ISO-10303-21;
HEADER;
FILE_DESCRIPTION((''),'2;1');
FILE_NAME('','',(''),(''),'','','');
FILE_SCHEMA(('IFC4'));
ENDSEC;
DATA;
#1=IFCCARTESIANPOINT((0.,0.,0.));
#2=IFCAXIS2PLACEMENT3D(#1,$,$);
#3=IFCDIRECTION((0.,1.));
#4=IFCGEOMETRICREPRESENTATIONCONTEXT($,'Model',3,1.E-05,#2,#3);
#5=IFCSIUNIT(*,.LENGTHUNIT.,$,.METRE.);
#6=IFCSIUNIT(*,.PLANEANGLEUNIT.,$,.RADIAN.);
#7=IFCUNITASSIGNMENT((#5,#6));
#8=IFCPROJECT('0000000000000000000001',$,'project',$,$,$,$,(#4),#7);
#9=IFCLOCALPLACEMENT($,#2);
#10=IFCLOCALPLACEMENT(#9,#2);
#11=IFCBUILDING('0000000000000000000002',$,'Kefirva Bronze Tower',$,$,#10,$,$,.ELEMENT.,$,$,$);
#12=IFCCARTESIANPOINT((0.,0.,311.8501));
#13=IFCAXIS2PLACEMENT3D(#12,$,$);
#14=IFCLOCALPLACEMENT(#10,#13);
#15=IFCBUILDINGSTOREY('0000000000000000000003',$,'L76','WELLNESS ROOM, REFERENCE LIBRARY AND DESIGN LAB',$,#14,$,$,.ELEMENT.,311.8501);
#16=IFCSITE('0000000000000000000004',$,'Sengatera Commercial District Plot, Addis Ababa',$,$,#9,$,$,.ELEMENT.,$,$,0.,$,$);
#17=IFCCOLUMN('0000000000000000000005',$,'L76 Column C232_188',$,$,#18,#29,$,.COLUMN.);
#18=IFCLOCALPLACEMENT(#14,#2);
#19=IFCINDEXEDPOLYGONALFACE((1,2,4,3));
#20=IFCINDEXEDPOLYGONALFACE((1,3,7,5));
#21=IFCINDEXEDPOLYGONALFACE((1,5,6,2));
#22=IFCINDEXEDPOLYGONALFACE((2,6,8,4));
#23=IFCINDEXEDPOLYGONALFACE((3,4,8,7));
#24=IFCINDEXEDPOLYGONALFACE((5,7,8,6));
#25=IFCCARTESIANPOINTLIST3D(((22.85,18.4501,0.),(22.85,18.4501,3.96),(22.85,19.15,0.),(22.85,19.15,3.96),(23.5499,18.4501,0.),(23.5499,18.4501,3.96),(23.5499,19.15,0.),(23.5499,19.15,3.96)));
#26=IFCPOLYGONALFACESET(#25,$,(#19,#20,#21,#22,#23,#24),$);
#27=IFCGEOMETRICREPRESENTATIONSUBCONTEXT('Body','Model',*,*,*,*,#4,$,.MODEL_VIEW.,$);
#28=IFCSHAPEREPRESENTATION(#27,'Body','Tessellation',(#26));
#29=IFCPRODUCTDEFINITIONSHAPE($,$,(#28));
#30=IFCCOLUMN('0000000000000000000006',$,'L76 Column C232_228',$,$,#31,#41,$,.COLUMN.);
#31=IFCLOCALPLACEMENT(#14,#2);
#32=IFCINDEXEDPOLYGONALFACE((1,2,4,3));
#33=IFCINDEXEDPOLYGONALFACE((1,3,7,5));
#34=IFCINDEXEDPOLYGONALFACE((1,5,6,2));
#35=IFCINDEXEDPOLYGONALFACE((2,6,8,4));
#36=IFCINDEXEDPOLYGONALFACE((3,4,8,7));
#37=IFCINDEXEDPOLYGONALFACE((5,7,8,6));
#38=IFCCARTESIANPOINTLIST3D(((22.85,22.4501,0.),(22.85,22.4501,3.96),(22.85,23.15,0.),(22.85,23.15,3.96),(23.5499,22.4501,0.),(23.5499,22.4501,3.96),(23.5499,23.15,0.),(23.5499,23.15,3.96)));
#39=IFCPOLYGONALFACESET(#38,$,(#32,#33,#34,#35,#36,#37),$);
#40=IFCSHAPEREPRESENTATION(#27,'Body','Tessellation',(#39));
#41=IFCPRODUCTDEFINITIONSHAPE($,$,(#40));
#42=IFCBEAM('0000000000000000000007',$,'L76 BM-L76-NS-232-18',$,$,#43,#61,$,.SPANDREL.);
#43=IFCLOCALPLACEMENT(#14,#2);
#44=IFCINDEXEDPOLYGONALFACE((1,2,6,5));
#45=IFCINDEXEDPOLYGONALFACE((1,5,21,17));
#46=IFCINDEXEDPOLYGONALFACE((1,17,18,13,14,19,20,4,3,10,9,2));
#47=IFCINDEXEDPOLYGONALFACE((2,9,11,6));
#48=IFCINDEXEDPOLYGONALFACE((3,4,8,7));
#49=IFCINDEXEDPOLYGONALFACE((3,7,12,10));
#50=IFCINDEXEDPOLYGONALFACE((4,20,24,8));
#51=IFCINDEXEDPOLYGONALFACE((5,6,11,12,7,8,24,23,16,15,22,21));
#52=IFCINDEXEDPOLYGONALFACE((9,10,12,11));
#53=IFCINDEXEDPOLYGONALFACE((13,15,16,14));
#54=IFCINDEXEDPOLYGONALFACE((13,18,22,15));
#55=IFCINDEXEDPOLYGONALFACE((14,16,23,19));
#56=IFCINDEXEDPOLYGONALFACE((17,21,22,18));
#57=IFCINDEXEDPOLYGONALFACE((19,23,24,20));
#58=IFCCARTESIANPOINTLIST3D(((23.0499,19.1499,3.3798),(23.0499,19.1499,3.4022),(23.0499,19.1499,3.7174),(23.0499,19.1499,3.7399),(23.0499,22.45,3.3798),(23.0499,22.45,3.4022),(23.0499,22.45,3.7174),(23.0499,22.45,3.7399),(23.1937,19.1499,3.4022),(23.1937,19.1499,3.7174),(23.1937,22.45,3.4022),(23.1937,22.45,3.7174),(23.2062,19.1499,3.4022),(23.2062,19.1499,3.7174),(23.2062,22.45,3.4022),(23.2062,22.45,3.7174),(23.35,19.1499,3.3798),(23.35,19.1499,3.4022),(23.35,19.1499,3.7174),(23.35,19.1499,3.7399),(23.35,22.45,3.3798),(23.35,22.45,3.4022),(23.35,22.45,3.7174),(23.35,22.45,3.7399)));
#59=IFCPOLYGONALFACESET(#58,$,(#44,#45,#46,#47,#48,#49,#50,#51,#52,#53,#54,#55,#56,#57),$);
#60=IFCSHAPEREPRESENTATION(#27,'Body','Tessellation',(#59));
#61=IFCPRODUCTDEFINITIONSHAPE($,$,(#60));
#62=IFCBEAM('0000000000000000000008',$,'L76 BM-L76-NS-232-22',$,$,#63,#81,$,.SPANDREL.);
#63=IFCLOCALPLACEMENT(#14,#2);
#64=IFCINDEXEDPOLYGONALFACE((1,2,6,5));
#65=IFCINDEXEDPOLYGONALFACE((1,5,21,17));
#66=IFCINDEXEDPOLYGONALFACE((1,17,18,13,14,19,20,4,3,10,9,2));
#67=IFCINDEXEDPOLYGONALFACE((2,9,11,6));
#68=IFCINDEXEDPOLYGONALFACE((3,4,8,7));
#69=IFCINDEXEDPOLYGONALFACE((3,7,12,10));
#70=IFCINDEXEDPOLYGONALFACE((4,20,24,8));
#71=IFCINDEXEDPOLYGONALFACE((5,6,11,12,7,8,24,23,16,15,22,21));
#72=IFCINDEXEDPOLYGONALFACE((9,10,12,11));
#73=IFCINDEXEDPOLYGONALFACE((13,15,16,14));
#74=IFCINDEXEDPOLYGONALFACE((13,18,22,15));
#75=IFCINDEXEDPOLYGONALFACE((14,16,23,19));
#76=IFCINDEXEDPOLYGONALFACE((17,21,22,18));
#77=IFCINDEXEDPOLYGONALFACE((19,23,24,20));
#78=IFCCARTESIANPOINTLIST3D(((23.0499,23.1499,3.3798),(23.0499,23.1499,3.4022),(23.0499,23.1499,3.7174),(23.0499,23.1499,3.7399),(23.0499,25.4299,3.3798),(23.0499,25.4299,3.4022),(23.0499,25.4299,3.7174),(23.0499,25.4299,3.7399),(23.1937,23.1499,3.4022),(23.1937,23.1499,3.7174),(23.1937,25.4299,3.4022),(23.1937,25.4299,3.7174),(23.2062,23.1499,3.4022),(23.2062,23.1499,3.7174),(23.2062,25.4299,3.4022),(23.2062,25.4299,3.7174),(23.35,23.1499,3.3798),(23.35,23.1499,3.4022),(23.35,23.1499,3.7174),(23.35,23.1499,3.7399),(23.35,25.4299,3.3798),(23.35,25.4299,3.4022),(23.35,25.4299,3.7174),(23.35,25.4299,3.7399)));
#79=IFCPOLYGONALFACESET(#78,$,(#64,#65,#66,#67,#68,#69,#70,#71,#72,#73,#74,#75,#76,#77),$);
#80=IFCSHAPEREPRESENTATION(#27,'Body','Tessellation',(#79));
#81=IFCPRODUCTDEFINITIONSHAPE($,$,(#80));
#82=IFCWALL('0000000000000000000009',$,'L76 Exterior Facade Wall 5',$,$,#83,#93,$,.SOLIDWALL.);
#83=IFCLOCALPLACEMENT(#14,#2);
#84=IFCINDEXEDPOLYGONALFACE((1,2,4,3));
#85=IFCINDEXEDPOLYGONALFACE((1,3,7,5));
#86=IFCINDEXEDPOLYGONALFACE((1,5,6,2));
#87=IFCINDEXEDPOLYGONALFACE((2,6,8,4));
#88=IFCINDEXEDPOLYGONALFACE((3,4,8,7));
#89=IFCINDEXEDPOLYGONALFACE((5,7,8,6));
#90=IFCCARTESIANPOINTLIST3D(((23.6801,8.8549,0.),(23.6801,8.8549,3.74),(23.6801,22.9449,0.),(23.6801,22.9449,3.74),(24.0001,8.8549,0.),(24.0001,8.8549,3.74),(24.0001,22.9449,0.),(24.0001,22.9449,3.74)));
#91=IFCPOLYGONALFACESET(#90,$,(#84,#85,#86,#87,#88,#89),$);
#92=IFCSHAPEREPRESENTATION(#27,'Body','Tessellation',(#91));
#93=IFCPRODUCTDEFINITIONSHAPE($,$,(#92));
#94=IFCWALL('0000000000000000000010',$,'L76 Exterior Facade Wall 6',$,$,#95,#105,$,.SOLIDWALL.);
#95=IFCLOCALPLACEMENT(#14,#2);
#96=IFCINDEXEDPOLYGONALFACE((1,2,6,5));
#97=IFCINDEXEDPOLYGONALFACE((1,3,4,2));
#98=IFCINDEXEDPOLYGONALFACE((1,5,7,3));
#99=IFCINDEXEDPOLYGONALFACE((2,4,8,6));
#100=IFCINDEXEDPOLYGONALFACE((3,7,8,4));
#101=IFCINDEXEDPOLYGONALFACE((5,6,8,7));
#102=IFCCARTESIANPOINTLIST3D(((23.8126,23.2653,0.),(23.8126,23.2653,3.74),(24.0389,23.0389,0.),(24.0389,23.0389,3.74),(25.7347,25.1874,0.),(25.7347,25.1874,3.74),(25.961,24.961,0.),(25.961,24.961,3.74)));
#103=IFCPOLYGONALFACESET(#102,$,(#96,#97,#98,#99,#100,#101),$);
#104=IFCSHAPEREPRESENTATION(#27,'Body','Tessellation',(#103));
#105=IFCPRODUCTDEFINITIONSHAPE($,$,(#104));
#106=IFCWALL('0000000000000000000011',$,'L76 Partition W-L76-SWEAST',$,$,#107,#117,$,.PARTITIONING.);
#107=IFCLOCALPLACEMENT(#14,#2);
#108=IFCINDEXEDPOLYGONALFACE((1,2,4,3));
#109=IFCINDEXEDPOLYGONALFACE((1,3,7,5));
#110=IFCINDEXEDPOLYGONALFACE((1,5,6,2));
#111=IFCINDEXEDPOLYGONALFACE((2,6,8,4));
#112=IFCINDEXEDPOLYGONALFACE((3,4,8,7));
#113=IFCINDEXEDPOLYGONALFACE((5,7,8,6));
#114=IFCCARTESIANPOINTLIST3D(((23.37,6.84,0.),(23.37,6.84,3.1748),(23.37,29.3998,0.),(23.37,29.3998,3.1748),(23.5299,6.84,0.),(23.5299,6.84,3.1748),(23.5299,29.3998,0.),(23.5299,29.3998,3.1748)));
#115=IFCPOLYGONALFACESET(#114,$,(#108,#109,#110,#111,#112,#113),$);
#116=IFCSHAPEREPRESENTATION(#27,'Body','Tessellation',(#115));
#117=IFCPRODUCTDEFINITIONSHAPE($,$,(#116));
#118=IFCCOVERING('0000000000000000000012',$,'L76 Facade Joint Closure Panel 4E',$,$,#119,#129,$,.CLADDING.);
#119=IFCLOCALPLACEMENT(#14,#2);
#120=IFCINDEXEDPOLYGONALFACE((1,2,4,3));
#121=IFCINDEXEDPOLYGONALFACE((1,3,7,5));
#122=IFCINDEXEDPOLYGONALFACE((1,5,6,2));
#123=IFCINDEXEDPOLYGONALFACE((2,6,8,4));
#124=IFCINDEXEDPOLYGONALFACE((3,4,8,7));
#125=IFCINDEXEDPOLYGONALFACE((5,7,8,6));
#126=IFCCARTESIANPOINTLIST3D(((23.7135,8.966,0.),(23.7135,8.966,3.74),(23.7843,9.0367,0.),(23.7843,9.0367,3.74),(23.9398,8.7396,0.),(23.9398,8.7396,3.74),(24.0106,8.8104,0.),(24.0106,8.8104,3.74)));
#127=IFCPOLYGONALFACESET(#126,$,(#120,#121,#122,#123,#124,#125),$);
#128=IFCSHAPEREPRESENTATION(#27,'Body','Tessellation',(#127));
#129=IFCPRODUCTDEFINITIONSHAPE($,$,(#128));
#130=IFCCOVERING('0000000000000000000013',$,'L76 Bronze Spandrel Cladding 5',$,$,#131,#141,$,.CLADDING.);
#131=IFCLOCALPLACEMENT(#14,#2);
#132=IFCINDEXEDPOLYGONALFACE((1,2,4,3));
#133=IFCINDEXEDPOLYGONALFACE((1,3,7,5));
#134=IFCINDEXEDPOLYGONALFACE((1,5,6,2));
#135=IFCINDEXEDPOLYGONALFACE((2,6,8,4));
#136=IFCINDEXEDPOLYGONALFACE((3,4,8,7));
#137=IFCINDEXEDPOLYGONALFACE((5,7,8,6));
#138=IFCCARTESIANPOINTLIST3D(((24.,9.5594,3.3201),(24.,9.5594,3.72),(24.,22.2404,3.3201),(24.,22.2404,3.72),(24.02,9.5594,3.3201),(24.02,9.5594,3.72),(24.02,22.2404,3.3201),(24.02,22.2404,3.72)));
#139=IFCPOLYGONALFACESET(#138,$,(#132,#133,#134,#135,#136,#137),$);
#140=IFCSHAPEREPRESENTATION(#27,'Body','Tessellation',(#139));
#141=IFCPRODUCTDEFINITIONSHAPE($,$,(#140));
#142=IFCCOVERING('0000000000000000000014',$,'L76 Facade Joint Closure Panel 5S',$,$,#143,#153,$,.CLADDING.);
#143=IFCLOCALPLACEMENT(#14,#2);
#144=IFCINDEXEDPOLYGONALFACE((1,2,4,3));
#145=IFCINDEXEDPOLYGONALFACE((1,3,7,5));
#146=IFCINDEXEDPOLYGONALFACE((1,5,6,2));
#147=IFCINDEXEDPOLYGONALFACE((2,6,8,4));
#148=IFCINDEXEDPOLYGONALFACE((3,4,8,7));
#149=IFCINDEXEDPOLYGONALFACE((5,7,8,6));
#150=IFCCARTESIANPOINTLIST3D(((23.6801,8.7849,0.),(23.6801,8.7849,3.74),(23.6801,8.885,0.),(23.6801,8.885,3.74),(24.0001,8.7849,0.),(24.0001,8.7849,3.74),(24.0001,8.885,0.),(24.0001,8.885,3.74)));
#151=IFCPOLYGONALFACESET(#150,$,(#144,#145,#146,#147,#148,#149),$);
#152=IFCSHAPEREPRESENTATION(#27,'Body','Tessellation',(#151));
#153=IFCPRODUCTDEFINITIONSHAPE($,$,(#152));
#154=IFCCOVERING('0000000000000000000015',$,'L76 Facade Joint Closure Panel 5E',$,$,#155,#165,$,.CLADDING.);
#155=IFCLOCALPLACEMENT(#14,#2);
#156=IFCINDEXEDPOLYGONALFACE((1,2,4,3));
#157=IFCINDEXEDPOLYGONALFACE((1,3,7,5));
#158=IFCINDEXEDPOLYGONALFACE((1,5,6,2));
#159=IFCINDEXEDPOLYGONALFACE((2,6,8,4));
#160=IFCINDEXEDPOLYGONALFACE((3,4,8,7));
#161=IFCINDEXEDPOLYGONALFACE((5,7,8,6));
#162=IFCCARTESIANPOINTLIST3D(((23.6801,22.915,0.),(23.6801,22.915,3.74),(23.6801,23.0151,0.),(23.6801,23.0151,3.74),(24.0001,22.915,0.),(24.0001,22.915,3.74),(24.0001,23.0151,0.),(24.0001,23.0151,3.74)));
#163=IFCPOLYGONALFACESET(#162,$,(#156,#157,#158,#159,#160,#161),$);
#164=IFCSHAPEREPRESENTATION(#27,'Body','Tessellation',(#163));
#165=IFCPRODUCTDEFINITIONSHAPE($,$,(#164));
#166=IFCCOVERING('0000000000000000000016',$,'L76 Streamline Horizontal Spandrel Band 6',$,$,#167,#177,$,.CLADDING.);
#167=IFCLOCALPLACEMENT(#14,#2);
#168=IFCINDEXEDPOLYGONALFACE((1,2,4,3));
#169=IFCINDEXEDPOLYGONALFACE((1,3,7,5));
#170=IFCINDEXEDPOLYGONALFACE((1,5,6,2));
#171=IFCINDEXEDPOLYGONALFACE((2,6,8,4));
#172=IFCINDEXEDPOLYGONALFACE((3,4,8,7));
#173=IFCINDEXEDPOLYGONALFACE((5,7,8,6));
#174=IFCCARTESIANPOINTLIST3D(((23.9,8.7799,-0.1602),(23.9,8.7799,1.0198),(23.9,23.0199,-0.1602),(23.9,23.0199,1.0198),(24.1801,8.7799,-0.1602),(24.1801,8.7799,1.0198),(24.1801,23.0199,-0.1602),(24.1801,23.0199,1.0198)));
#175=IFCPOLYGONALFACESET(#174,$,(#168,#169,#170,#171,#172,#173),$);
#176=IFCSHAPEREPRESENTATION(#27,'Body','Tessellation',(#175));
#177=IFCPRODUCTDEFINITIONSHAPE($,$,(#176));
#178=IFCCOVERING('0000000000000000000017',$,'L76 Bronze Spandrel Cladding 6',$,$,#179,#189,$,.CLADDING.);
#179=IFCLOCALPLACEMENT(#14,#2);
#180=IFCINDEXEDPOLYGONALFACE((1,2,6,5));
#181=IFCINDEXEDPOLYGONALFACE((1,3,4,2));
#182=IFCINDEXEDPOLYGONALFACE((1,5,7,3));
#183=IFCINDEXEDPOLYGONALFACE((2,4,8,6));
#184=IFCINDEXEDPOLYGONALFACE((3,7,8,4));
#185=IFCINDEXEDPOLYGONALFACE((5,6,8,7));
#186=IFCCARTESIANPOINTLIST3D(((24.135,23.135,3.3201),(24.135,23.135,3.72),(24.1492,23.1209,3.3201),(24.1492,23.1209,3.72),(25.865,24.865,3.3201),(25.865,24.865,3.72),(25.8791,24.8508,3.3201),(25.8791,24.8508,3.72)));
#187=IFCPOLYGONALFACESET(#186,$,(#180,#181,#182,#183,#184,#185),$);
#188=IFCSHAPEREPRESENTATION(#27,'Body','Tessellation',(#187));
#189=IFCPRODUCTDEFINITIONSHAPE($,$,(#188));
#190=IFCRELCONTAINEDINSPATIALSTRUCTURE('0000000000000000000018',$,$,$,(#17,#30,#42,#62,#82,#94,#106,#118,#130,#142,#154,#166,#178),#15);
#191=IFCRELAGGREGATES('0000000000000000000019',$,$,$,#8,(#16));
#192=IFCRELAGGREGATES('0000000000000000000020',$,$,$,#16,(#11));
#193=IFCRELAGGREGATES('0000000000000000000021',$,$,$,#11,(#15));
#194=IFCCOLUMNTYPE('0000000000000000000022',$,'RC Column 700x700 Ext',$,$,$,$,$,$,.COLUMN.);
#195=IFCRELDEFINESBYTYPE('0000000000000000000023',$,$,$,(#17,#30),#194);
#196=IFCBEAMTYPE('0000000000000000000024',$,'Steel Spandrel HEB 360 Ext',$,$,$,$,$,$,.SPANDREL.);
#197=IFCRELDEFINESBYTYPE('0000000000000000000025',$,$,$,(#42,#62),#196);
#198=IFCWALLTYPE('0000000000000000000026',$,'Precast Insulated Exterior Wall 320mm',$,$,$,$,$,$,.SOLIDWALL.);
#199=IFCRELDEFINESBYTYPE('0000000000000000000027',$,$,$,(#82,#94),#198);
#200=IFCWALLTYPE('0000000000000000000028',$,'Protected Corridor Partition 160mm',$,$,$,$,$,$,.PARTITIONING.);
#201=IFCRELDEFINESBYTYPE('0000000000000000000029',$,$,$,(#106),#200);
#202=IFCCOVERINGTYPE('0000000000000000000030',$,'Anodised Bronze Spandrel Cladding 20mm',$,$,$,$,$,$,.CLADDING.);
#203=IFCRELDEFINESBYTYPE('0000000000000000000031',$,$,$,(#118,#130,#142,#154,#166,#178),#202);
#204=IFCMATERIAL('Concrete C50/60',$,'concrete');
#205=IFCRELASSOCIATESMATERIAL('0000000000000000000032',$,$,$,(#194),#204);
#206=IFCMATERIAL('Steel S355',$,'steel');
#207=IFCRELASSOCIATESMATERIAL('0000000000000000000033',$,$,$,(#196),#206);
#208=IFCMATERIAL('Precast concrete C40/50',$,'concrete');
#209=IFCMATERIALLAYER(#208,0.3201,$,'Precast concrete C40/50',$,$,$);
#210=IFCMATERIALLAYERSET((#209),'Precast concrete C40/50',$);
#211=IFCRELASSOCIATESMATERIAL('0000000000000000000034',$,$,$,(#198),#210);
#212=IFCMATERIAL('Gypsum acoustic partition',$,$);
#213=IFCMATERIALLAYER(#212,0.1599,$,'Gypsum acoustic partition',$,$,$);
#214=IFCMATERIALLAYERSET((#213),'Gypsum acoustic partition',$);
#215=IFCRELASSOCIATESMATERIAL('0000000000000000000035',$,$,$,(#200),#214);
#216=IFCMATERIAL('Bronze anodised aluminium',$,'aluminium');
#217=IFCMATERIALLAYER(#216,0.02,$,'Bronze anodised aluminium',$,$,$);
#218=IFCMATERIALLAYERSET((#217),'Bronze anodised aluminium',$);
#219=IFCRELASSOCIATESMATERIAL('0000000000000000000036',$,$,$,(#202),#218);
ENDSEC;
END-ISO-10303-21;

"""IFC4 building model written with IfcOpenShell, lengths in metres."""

from ifc_helpers import new_model, si_unit, direction, frame, frame_2d, origin, origin_2d, place, context, subcontext, project, spatial, rectangle, i_section, extrude, material, layer, layer_set, material_profile, profile_set, type_object, element, save


model = new_model("IFC4")

# Units and contexts
model_context = context("Model", 3, precision=1e-05, world=origin(), true_north=direction((0.0, 1.0)))
body_context = subcontext(model_context, "Body", "Model", "MODEL_VIEW")
ifc_project = project(units=[si_unit("LENGTHUNIT", "METRE"), si_unit("PLANEANGLEUNIT", "RADIAN")], contexts=[model_context])

# Site, building, storey
site_placement = place(None, origin())
site = spatial("IfcSite", under=ifc_project, at=site_placement, Name="Sengatera Commercial District Plot, Addis Ababa", CompositionType="ELEMENT", RefElevation=0.0)
building_placement = place(site_placement, origin())
building = spatial("IfcBuilding", under=site, at=building_placement, Name="Kefirva Bronze Tower", CompositionType="ELEMENT")
storey_placement = place(building_placement, frame((0.0, 0.0, 311.8501)))
storey = spatial("IfcBuildingStorey", under=building, at=storey_placement, Name="L76", Description="WELLNESS ROOM, REFERENCE LIBRARY AND DESIGN LAB", CompositionType="ELEMENT", Elevation=311.8501)

# Columns
ifc_material_1 = material(Name="Concrete C50/60", Category="concrete")
ifc_material_profile_1 = material_profile(ifc_material_1, rectangle(XDim=0.7, YDim=0.7, at=origin_2d()), Name="RC 700x700")
ifc_profile_set_1 = profile_set([ifc_material_profile_1], Name="Concrete C50/60")
column_type = type_object("IfcColumnType", Name="RC Column 700x700 Ext", PredefinedType="COLUMN", material=ifc_profile_set_1)
for number, where, z_axis, x_axis, name in (
    (1, (23.2, 18.8, 0.0), (0.0, 0.0, 1.0), (1.0, 0.0, 0.0), "L76 Column C232_188"),
    (2, (23.2, 22.8, 0.0), (0.0, 0.0, 1.0), (1.0, 0.0, 0.0), "L76 Column C232_228"),
):
    element("IfcColumn", number, at=place(storey_placement, frame(where, z_axis=z_axis, x_axis=x_axis)), inside=storey, type_object=column_type, Name=name, PredefinedType="COLUMN", context=body_context, shape_type="SweptSolid", body=[
        extrude(rectangle(XDim=0.7, YDim=0.7, at=origin_2d()), origin(), (0.0, 0.0, 1.0), 3.96),
    ])

# Beams
ifc_material_2 = material(Name="Steel S355", Category="steel")
ifc_material_profile_2 = material_profile(ifc_material_2, i_section(OverallWidth=0.3, OverallDepth=0.3601, WebThickness=0.0125, FlangeThickness=0.0225, at=origin_2d()), Name="HEB 360")
ifc_profile_set_2 = profile_set([ifc_material_profile_2], Name="Steel S355")
beam_type = type_object("IfcBeamType", Name="Steel Spandrel HEB 360 Ext", PredefinedType="SPANDREL", material=ifc_profile_set_2)
beam_1_placement = place(storey_placement, frame((23.2, 19.1499, 3.5598), z_axis=(0.0, 1.0, 0.0), x_axis=(-1.0, 0.0, 0.0)))
element("IfcBeam", 3, at=beam_1_placement, inside=storey, type_object=beam_type, Name="L76 BM-L76-NS-232-18", PredefinedType="SPANDREL", context=body_context, shape_type="SweptSolid", body=[
    extrude(i_section(OverallWidth=0.3, OverallDepth=0.3601, WebThickness=0.0125, FlangeThickness=0.0225, at=origin_2d()), origin(), (0.0, 0.0, 1.0), 3.3),
])
beam_2_placement = place(storey_placement, frame((23.2, 23.1499, 3.5598), z_axis=(0.0, 1.0, 0.0), x_axis=(-1.0, 0.0, 0.0)))
element("IfcBeam", 4, at=beam_2_placement, inside=storey, type_object=beam_type, Name="L76 BM-L76-NS-232-22", PredefinedType="SPANDREL", context=body_context, shape_type="SweptSolid", body=[
    extrude(i_section(OverallWidth=0.3, OverallDepth=0.3601, WebThickness=0.0125, FlangeThickness=0.0225, at=origin_2d()), origin(), (0.0, 0.0, 1.0), 2.28),
])

# Walls
ifc_material_3 = material(Name="Precast concrete C40/50", Category="concrete")
ifc_layer_1 = layer(ifc_material_3, 0.3201, Name="Precast concrete C40/50")
ifc_layer_set_1 = layer_set([ifc_layer_1], Name="Precast concrete C40/50")
wall_type_1 = type_object("IfcWallType", Name="Precast Insulated Exterior Wall 320mm", PredefinedType="SOLIDWALL", material=ifc_layer_set_1)
wall_1_placement = place(storey_placement, frame((23.8401, 8.855, 0.0), z_axis=(0.0, 0.0, 1.0), x_axis=(0.0, 1.0, 0.0)))
element("IfcWall", 5, at=wall_1_placement, inside=storey, type_object=wall_type_1, Name="L76 Exterior Facade Wall 5", PredefinedType="SOLIDWALL", context=body_context, shape_type="SweptSolid", body=[
    extrude(rectangle(XDim=14.0901, YDim=0.3201, at=frame_2d((7.0449, 0.0))), origin(), (0.0, 0.0, 1.0), 3.74),
])
wall_2_placement = place(storey_placement, frame((23.9258, 23.1521, 0.0), z_axis=(0.0, 0.0, 1.0), x_axis=(0.707107, 0.707107, 0.0)))
element("IfcWall", 6, at=wall_2_placement, inside=storey, type_object=wall_type_1, Name="L76 Exterior Facade Wall 6", PredefinedType="SOLIDWALL", context=body_context, shape_type="SweptSolid", body=[
    extrude(rectangle(XDim=2.7183, YDim=0.3201, at=frame_2d((1.3591, 0.0))), origin(), (0.0, 0.0, 1.0), 3.74),
])
ifc_material_4 = material(Name="Gypsum acoustic partition")
ifc_layer_2 = layer(ifc_material_4, 0.1599, Name="Gypsum acoustic partition")
ifc_layer_set_2 = layer_set([ifc_layer_2], Name="Gypsum acoustic partition")
wall_type_2 = type_object("IfcWallType", Name="Protected Corridor Partition 160mm", PredefinedType="PARTITIONING", material=ifc_layer_set_2)
wall_3_placement = place(storey_placement, frame((23.45, 6.8401, 0.0), z_axis=(0.0, 0.0, 1.0), x_axis=(0.0, 1.0, 0.0)))
element("IfcWall", 7, at=wall_3_placement, inside=storey, type_object=wall_type_2, Name="L76 Partition W-L76-SWEAST", PredefinedType="PARTITIONING", context=body_context, shape_type="SweptSolid", body=[
    extrude(rectangle(XDim=22.5598, YDim=0.1599, at=frame_2d((11.2798, 0.0))), origin(), (0.0, 0.0, 1.0), 3.1748),
])

# Coverings
ifc_material_5 = material(Name="Bronze anodised aluminium", Category="aluminium")
ifc_layer_3 = layer(ifc_material_5, 0.02, Name="Bronze anodised aluminium")
ifc_layer_set_3 = layer_set([ifc_layer_3], Name="Bronze anodised aluminium")
covering_type_1 = type_object("IfcCoveringType", Name="Anodised Bronze Spandrel Cladding 20mm", PredefinedType="CLADDING", material=ifc_layer_set_3)
covering_1_placement = place(storey_placement, frame((23.8621, 8.8882, 0.0), z_axis=(0.0, 0.0, 1.0), x_axis=(0.707107, 0.707107, 0.0)))
element("IfcCovering", 8, at=covering_1_placement, inside=storey, type_object=covering_type_1, Name="L76 Facade Joint Closure Panel 4E", PredefinedType="CLADDING", context=body_context, shape_type="SweptSolid", body=[
    extrude(rectangle(XDim=0.1001, YDim=0.3201, at=origin_2d()), origin(), (0.0, 0.0, 1.0), 3.74),
])
covering_2_placement = place(storey_placement, frame((24.01, 15.8999, 3.3201), z_axis=(0.0, 0.0, 1.0), x_axis=(0.0, 1.0, 0.0)))
element("IfcCovering", 9, at=covering_2_placement, inside=storey, type_object=covering_type_1, Name="L76 Bronze Spandrel Cladding 5", PredefinedType="CLADDING", context=body_context, shape_type="SweptSolid", body=[
    extrude(rectangle(XDim=12.6809, YDim=0.02, at=origin_2d()), origin(), (0.0, 0.0, 1.0), 0.3999),
])
for number, where, z_axis, x_axis, name in (
    (10, (23.8401, 8.835, 0.0), (0.0, 0.0, 1.0), (0.0, 1.0, 0.0), "L76 Facade Joint Closure Panel 5S"),
    (11, (23.8401, 22.9651, 0.0), (0.0, 0.0, 1.0), (0.0, 1.0, 0.0), "L76 Facade Joint Closure Panel 5E"),
):
    element("IfcCovering", number, at=place(storey_placement, frame(where, z_axis=z_axis, x_axis=x_axis)), inside=storey, type_object=covering_type_1, Name=name, PredefinedType="CLADDING", context=body_context, shape_type="SweptSolid", body=[
        extrude(rectangle(XDim=0.1001, YDim=0.3201, at=origin_2d()), origin(), (0.0, 0.0, 1.0), 3.74),
    ])
covering_3_placement = place(storey_placement, frame((24.04, 15.8999, -0.1602), z_axis=(0.0, 0.0, 1.0), x_axis=(0.0, 1.0, 0.0)))
element("IfcCovering", 12, at=covering_3_placement, inside=storey, type_object=covering_type_1, Name="L76 Streamline Horizontal Spandrel Band 6", PredefinedType="CLADDING", context=body_context, shape_type="SweptSolid", body=[
    extrude(rectangle(XDim=14.24, YDim=0.28, at=origin_2d()), origin(), (0.0, 0.0, 1.0), 1.1799),
])
covering_4_placement = place(storey_placement, frame((25.0071, 23.9929, 3.3201), z_axis=(0.0, 0.0, 1.0), x_axis=(0.707107, 0.707107, 0.0)))
element("IfcCovering", 13, at=covering_4_placement, inside=storey, type_object=covering_type_1, Name="L76 Bronze Spandrel Cladding 6", PredefinedType="CLADDING", context=body_context, shape_type="SweptSolid", body=[
    extrude(rectangle(XDim=2.4465, YDim=0.02, at=origin_2d()), origin(), (0.0, 0.0, 1.0), 0.3999),
])

save(model, "model.ifc")
